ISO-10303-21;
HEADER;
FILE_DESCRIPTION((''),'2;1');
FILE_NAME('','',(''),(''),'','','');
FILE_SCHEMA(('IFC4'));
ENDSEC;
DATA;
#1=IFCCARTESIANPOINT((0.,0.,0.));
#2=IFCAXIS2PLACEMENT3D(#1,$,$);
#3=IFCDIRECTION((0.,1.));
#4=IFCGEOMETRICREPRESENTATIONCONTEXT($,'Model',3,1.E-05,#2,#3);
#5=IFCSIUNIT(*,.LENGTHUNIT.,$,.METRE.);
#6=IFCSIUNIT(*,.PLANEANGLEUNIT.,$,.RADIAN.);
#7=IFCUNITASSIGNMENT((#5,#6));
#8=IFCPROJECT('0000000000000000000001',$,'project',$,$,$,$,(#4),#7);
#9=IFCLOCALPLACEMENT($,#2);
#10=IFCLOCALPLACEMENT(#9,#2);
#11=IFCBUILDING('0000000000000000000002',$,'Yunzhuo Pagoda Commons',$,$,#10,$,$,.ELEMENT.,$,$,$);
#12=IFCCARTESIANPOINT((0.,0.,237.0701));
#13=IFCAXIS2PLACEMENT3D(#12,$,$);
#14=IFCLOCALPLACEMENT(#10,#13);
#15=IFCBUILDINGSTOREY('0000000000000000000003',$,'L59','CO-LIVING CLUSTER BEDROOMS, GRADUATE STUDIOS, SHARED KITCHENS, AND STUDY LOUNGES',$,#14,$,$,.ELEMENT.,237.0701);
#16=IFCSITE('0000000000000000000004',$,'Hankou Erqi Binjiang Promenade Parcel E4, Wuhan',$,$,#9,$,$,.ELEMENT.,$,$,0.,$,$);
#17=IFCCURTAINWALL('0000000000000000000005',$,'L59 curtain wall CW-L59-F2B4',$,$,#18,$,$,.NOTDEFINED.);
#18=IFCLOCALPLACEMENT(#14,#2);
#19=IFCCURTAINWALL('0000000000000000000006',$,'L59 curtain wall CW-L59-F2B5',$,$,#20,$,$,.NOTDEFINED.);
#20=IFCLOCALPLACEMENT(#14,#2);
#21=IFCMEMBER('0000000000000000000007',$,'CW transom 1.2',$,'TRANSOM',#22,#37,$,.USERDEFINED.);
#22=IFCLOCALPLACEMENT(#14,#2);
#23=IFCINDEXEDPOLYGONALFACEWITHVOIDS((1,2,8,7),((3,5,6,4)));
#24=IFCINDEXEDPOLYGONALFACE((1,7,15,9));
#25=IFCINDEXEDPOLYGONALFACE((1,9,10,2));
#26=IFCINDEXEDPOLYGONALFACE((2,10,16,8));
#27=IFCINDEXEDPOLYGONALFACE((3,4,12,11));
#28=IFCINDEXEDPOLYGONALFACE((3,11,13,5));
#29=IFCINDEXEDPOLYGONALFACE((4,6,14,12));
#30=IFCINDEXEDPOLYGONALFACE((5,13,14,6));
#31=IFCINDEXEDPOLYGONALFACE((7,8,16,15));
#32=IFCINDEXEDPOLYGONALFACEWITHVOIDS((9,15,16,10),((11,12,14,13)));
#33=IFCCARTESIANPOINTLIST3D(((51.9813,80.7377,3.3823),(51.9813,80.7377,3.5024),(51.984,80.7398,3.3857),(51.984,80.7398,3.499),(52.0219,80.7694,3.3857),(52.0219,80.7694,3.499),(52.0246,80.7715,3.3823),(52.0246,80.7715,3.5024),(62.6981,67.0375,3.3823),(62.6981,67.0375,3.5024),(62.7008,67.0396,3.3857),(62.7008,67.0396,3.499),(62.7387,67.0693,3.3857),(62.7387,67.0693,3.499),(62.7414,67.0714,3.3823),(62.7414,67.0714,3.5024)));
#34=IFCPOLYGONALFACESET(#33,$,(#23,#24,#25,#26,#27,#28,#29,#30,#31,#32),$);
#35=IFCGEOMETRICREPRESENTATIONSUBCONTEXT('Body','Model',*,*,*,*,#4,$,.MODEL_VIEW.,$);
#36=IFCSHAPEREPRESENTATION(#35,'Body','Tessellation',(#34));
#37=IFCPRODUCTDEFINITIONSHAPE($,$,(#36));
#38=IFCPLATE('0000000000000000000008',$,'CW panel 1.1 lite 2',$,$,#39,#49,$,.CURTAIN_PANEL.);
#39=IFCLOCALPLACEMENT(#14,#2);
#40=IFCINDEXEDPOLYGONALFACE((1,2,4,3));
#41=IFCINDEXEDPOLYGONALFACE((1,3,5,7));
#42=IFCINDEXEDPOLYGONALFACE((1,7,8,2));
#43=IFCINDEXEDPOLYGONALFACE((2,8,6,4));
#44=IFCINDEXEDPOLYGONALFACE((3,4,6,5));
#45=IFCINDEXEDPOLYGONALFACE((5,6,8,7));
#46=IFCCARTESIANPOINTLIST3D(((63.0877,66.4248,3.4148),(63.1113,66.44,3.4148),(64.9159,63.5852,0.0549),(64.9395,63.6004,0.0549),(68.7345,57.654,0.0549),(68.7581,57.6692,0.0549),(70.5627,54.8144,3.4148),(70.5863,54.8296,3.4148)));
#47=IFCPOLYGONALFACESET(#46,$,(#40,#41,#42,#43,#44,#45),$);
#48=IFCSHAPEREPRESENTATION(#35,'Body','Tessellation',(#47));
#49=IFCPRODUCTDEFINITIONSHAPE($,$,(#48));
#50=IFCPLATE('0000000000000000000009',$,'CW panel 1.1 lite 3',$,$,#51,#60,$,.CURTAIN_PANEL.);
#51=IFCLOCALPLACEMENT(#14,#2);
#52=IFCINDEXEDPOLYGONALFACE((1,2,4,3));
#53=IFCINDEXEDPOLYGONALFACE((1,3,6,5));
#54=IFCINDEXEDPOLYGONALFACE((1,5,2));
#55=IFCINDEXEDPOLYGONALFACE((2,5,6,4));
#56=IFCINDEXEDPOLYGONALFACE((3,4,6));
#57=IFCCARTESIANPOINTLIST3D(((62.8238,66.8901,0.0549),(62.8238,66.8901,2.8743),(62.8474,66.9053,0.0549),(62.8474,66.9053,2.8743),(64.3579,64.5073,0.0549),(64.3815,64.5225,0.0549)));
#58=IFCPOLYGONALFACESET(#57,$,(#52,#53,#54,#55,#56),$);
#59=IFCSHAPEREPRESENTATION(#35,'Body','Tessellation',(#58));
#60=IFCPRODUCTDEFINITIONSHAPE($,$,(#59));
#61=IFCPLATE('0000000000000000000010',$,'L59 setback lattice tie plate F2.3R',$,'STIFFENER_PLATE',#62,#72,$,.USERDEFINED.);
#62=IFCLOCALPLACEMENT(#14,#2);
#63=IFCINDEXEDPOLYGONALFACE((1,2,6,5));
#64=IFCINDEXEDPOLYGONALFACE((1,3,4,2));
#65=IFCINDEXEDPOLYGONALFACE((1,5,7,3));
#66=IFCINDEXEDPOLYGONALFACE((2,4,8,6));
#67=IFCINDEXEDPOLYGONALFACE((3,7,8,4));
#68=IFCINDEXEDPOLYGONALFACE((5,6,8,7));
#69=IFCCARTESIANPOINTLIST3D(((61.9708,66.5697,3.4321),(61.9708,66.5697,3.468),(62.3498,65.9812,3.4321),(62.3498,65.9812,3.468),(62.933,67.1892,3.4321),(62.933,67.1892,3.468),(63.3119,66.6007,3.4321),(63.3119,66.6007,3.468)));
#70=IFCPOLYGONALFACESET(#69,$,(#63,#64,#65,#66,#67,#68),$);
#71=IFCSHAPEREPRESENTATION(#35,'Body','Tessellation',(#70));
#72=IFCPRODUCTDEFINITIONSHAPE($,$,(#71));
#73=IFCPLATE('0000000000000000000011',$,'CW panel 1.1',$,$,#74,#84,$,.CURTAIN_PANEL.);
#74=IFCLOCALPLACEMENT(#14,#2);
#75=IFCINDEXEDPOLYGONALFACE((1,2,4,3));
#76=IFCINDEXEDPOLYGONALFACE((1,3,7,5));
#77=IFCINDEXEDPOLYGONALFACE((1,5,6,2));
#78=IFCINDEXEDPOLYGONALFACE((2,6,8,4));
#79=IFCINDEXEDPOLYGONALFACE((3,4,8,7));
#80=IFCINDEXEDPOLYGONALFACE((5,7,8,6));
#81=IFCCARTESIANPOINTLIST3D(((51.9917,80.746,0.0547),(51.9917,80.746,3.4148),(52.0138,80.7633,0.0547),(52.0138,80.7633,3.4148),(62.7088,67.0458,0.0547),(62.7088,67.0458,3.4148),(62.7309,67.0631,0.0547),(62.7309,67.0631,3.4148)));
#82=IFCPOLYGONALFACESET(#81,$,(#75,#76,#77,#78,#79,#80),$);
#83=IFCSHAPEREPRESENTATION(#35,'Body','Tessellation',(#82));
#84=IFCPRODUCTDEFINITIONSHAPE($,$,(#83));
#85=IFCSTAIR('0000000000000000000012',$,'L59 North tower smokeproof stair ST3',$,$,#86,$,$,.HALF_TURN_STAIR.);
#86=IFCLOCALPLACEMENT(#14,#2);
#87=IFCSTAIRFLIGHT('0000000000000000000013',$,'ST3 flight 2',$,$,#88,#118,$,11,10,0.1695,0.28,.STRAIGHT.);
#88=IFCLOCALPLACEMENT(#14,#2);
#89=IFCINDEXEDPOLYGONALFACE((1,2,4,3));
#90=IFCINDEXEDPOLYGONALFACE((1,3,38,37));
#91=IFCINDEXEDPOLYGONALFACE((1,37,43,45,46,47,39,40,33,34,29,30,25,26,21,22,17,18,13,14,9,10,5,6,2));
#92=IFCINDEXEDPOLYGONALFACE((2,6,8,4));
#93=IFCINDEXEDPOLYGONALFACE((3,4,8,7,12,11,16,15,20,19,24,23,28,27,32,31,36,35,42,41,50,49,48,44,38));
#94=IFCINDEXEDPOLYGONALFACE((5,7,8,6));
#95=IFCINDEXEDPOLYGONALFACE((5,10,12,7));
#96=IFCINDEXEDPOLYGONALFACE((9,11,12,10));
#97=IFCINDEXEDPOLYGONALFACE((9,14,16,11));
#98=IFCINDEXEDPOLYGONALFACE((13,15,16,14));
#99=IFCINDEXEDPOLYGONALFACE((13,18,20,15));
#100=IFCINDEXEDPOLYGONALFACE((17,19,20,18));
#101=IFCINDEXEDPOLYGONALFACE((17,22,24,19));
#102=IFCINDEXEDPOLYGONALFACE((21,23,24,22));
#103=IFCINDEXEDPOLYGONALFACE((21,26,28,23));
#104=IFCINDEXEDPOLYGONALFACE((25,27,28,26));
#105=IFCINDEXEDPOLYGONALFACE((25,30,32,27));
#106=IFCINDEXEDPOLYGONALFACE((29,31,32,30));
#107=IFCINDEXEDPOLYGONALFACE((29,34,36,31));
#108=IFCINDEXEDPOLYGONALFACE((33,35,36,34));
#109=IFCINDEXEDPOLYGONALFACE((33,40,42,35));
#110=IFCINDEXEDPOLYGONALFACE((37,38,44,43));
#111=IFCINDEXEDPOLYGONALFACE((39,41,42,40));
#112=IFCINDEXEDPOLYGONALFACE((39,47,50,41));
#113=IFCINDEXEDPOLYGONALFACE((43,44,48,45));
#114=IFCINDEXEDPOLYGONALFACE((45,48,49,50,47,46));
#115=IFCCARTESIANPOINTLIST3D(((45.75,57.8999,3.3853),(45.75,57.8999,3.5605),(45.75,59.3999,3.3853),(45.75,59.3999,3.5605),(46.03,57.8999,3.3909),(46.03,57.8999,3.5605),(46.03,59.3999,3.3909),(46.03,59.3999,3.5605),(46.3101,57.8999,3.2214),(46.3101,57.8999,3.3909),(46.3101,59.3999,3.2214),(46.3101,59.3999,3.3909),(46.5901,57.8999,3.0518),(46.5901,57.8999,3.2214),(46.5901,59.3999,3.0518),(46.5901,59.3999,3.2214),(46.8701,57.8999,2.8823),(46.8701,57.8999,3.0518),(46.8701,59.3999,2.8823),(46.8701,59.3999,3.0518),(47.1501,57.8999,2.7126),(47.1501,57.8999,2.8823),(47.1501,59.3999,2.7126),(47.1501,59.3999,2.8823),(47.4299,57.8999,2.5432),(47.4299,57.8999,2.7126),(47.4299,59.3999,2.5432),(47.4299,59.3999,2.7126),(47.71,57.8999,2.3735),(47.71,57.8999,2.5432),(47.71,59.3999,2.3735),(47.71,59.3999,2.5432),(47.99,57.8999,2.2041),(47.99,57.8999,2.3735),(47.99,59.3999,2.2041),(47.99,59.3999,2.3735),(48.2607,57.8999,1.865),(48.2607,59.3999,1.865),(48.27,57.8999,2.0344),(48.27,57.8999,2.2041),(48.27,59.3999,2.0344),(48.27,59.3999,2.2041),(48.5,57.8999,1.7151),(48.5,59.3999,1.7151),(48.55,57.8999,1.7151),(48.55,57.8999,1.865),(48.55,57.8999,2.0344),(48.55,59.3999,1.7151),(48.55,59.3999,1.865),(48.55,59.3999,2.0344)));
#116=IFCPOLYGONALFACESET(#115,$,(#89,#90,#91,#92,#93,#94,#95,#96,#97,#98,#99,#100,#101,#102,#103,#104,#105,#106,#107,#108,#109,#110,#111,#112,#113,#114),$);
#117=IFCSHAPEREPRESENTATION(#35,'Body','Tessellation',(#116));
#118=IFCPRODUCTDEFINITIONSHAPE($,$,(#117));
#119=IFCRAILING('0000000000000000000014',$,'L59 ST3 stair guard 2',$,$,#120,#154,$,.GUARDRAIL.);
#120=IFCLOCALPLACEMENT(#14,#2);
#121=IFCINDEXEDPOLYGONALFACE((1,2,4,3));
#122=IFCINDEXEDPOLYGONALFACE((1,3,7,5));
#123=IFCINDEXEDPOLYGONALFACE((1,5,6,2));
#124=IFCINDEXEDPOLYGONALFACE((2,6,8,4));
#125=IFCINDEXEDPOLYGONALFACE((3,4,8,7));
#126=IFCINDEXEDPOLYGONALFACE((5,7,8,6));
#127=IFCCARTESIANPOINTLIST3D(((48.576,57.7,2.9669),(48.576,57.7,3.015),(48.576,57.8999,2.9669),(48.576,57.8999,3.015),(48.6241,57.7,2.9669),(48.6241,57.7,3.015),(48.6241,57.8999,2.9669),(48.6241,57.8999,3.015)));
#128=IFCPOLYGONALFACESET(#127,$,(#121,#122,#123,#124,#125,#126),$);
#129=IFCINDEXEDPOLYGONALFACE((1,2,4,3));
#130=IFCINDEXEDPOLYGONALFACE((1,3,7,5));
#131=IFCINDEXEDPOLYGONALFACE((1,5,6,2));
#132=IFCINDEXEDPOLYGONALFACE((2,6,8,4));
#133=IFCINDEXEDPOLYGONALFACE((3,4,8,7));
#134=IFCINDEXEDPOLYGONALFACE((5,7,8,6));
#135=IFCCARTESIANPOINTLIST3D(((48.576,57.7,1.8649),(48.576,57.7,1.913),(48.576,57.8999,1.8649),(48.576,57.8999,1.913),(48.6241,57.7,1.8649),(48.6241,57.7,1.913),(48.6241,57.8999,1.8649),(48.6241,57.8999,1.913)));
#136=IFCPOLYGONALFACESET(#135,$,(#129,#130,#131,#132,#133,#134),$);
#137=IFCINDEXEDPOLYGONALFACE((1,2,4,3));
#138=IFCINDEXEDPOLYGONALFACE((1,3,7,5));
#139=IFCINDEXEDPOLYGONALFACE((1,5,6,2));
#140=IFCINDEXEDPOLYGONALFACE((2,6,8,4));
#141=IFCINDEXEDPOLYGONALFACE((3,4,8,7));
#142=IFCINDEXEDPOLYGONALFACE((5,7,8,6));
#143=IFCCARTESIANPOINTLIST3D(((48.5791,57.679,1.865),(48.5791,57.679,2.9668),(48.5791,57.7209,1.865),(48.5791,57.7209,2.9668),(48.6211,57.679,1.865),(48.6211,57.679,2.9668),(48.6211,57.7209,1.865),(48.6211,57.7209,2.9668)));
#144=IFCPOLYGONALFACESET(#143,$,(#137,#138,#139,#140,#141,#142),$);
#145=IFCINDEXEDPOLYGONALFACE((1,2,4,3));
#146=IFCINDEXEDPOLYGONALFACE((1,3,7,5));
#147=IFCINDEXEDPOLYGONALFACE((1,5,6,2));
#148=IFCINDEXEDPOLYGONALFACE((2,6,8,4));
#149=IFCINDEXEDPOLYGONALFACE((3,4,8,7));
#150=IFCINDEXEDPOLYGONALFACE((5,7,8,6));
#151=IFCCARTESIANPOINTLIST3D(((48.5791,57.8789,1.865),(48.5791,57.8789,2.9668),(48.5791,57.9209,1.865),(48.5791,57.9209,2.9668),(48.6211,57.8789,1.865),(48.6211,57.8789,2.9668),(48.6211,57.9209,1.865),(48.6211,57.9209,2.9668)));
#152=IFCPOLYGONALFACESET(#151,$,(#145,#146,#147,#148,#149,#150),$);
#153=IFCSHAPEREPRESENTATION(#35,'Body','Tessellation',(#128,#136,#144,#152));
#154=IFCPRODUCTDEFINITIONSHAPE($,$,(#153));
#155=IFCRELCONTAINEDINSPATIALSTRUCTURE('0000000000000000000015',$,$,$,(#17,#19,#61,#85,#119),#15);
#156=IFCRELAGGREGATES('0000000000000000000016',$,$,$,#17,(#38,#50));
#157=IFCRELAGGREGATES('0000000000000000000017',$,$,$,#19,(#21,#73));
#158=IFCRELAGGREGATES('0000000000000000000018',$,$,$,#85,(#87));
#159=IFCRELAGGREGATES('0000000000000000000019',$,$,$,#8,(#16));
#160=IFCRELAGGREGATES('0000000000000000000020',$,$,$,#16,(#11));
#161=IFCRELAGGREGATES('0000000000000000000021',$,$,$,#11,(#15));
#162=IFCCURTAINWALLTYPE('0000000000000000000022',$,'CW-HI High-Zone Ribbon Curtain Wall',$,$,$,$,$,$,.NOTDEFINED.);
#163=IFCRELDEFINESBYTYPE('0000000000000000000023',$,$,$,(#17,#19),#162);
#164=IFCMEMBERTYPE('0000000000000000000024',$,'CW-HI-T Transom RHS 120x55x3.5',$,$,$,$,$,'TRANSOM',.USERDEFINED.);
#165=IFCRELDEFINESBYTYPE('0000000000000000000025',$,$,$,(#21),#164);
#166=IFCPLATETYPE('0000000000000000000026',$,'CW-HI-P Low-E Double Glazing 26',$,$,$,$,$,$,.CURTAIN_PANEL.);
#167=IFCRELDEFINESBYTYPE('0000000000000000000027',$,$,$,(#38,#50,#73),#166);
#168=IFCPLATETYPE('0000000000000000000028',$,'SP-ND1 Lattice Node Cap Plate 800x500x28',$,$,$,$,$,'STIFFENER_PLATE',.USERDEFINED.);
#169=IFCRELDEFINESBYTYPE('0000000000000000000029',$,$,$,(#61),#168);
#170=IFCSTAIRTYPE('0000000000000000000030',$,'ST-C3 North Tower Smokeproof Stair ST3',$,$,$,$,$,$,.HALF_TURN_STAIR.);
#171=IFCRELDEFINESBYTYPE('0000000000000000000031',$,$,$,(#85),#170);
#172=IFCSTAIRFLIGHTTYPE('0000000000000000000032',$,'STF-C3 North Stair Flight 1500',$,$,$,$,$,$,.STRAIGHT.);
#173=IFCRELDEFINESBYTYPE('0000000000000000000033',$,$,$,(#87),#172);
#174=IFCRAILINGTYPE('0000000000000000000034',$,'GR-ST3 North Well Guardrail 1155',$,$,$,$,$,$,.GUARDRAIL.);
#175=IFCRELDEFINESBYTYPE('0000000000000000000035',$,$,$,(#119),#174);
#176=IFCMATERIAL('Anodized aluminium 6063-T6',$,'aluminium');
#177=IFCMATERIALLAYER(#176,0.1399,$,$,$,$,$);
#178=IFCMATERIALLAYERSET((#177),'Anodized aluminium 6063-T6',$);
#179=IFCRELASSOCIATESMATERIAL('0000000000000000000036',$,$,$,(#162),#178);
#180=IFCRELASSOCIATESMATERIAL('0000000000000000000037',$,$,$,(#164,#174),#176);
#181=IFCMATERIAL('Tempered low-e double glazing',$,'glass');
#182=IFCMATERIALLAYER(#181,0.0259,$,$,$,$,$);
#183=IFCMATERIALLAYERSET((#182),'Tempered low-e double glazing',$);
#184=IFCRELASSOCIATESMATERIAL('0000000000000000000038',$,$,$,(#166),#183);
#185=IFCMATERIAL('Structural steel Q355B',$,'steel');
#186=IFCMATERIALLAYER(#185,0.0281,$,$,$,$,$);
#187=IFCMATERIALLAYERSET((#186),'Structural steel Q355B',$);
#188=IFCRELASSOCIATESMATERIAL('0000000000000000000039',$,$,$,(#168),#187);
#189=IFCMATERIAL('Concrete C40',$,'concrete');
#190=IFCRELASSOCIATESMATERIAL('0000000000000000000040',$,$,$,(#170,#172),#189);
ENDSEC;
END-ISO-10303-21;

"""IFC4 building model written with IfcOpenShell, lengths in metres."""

from ifc_helpers import new_model, si_unit, direction, frame, origin, origin_2d, place, context, subcontext, project, spatial, polyline, rectangle, hollow_rectangle, outline, extrude, source, transform, mapped, material, layer, layer_set, material_profile, profile_set, type_object, element, aggregate, save


model = new_model("IFC4")

# Units and contexts
model_context = context("Model", 3, precision=1e-05, world=origin(), true_north=direction((0.0, 1.0)))
body_context = subcontext(model_context, "Body", "Model", "MODEL_VIEW")
ifc_project = project(units=[si_unit("LENGTHUNIT", "METRE"), si_unit("PLANEANGLEUNIT", "RADIAN")], contexts=[model_context])

# Site, building, storey
site_placement = place(None, origin())
site = spatial("IfcSite", under=ifc_project, at=site_placement, Name="Hankou Erqi Binjiang Promenade Parcel E4, Wuhan", CompositionType="ELEMENT", RefElevation=0.0)
building_placement = place(site_placement, origin())
building = spatial("IfcBuilding", under=site, at=building_placement, Name="Yunzhuo Pagoda Commons", CompositionType="ELEMENT")
storey_placement = place(building_placement, frame((0.0, 0.0, 237.0701)))
storey = spatial("IfcBuildingStorey", under=building, at=storey_placement, Name="L59", Description="CO-LIVING CLUSTER BEDROOMS, GRADUATE STUDIOS, SHARED KITCHENS, AND STUDY LOUNGES", CompositionType="ELEMENT", Elevation=237.0701)

# Shared definitions
ifc_material_1 = material(Name="Structural steel Q355B", Category="steel")

# Curtain wall
ifc_material_2 = material(Name="Anodized aluminium 6063-T6", Category="aluminium")
ifc_layer_1 = layer(ifc_material_2, 0.1399)
ifc_layer_set_1 = layer_set([ifc_layer_1], Name="Anodized aluminium 6063-T6")
curtain_wall_type = type_object("IfcCurtainWallType", Name="CW-HI High-Zone Ribbon Curtain Wall", PredefinedType="NOTDEFINED", material=ifc_layer_set_1)
curtain_wall_1_placement = place(storey_placement, origin())
curtain_wall_1 = element("IfcCurtainWall", 1, at=curtain_wall_1_placement, inside=storey, type_object=curtain_wall_type, Name="L59 curtain wall CW-L59-F2B4", PredefinedType="NOTDEFINED")

# Curtain wall, member
curtain_wall_2_placement = place(storey_placement, origin())
curtain_wall_2 = element("IfcCurtainWall", 2, at=curtain_wall_2_placement, inside=storey, type_object=curtain_wall_type, Name="L59 curtain wall CW-L59-F2B5", PredefinedType="NOTDEFINED")
ifc_material_profile_1 = material_profile(ifc_material_2, hollow_rectangle(XDim=0.0549, YDim=0.1201, WallThickness=0.0034, at=origin_2d()), Name="Anodized aluminium 6063-T6")
ifc_profile_set_1 = profile_set([ifc_material_profile_1], Name="Anodized aluminium 6063-T6")
member_type_1 = type_object("IfcMemberType", Name="CW-HI-T Transom RHS 120x55x3.5", ElementType="TRANSOM", PredefinedType="USERDEFINED", material=ifc_profile_set_1)
shared_shape_1 = source(origin(), body_context, "Body", "SweptSolid", [
    extrude(hollow_rectangle(XDim=0.0549, YDim=0.1201, WallThickness=0.0034, at=origin_2d()), origin(), (0.0, 0.0, 1.0), 17.3938),
])
member_1_placement = place(storey_placement, frame((62.7197, 67.0544, 3.4424), z_axis=(-0.616127, 0.787647, 0.0), x_axis=(-0.787647, -0.616127, 0.0)))
member_1 = element("IfcMember", 3, at=member_1_placement, type_object=member_type_1, Name="CW transom 1.2", ObjectType="TRANSOM", PredefinedType="USERDEFINED", context=body_context, shape_type="MappedRepresentation", body=[
    mapped(shared_shape_1, transform((0.0, 0.0, 0.0), scale=1.0)),
])

# Plates
ifc_material_3 = material(Name="Tempered low-e double glazing", Category="glass")
ifc_layer_2 = layer(ifc_material_3, 0.0259)
ifc_layer_set_2 = layer_set([ifc_layer_2], Name="Tempered low-e double glazing")
plate_type_1 = type_object("IfcPlateType", Name="CW-HI-P Low-E Double Glazing 26", PredefinedType="CURTAIN_PANEL", material=ifc_layer_set_2)
plate_1_placement = place(storey_placement, frame((66.8252, 60.6196, 1.7349), z_axis=(0.840807, 0.541334, 0.0), x_axis=(-0.541334, 0.840807, 0.0)))
plate_1 = element("IfcPlate", 4, at=plate_1_placement, type_object=plate_type_1, Name="CW panel 1.1 lite 2", PredefinedType="CURTAIN_PANEL", context=body_context, shape_type="SweptSolid", body=[
    extrude(outline(polyline([(-6.9043, 1.6799), (-3.5271, -1.6799), (3.5271, -1.6799), (6.9043, 1.6799), (-6.9043, 1.6799)])), origin(), (0.0, 0.0, 1.0), 0.0281),
])
plate_2_placement = place(storey_placement, frame((63.5908, 65.6987, 1.4646), z_axis=(0.840807, 0.541334, 0.0), x_axis=(-0.541334, 0.840807, 0.0)))
plate_2 = element("IfcPlate", 5, at=plate_2_placement, type_object=plate_type_1, Name="CW panel 1.1 lite 3", PredefinedType="CURTAIN_PANEL", context=body_context, shape_type="SweptSolid", body=[
    extrude(outline(polyline([(-1.417, -1.4097), (1.417, -1.4097), (1.417, 1.4097), (-1.417, -1.4097)])), origin(), (0.0, 0.0, 1.0), 0.0281),
])
aggregate(curtain_wall_1, [plate_1, plate_2])
ifc_layer_3 = layer(ifc_material_1, 0.0281)
ifc_layer_set_3 = layer_set([ifc_layer_3], Name="Structural steel Q355B")
plate_type_2 = type_object("IfcPlateType", Name="SP-ND1 Lattice Node Cap Plate 800x500x28", ElementType="STIFFENER_PLATE", PredefinedType="USERDEFINED", material=ifc_layer_set_3)
shared_shape_2 = source(origin(), body_context, "Body", "SweptSolid", [
    extrude(rectangle(XDim=0.7, YDim=1.1443, at=origin_2d()), origin(), (0.0, 0.0, 1.0), 0.0359),
])
plate_3_placement = place(storey_placement, frame((62.6414, 66.5852, 3.4321), z_axis=(0.0, 0.0, 1.0), x_axis=(-0.541341, 0.840803, 0.0)))
element("IfcPlate", 6, at=plate_3_placement, inside=storey, type_object=plate_type_2, Name="L59 setback lattice tie plate F2.3R", ObjectType="STIFFENER_PLATE", PredefinedType="USERDEFINED", context=body_context, shape_type="MappedRepresentation", body=[
    mapped(shared_shape_2, transform((0.0, 0.0, 0.0), scale=1.0)),
])
shared_shape_3 = source(origin(), body_context, "Body", "SweptSolid", [
    extrude(rectangle(XDim=17.394, YDim=0.0281, at=origin_2d()), origin(), (0.0, 0.0, 1.0), 3.3601),
])
plate_4_placement = place(storey_placement, frame((57.3613, 73.9045, 0.0547), z_axis=(0.0, 0.0, 1.0), x_axis=(-0.616136, 0.787639, 0.0)))
plate_4 = element("IfcPlate", 7, at=plate_4_placement, type_object=plate_type_1, Name="CW panel 1.1", PredefinedType="CURTAIN_PANEL", context=body_context, shape_type="MappedRepresentation", body=[
    mapped(shared_shape_3, transform((0.0, 0.0, 0.0), scale=1.0)),
])
aggregate(curtain_wall_2, [member_1, plate_4])

# Stair, stair flight
ifc_material_4 = material(Name="Concrete C40", Category="concrete")
stair_type = type_object("IfcStairType", Name="ST-C3 North Tower Smokeproof Stair ST3", PredefinedType="HALF_TURN_STAIR", material=ifc_material_4)
stair_placement = place(storey_placement, origin())
stair = element("IfcStair", 8, at=stair_placement, inside=storey, type_object=stair_type, Name="L59 North tower smokeproof stair ST3", PredefinedType="HALF_TURN_STAIR")
stair_flight_type = type_object("IfcStairFlightType", Name="STF-C3 North Stair Flight 1500", PredefinedType="STRAIGHT", material=ifc_material_4)
shared_shape_4 = source(origin(), body_context, "Body", "SweptSolid", [
    extrude(outline(polyline([(0.0, -0.1499), (0.0, 0.0), (0.0, 0.1694), (0.28, 0.1694), (0.28, 0.3391), (0.5601, 0.3391), (0.5601, 0.5085), (0.8401, 0.5085), (0.8401, 0.6782), (1.1201, 0.6782), (1.1201, 0.8477), (1.3999, 0.8477), (1.3999, 1.0173), (1.6799, 1.0173), (1.6799, 1.1868), (1.96, 1.1868), (1.96, 1.3564), (2.24, 1.3564), (2.24, 1.5259), (2.52, 1.5259), (2.52, 1.6956), (2.8, 1.6956), (2.8, 1.865), (2.8, 1.5203), (0.2893, 0.0), (0.05, -0.1499), (0.0, -0.1499)])), frame((0.0, 0.75, 0.0), z_axis=(0.0, -1.0, 0.0), x_axis=(1.0, 0.0, 0.0)), (0.0, 0.0, 1.0), 1.5),
])
stair_flight_placement = place(storey_placement, frame((48.55, 58.6499, 1.865), z_axis=(0.0, 0.0, 1.0), x_axis=(-1.0, 0.0, 0.0)))
stair_flight = element("IfcStairFlight", 9, at=stair_flight_placement, type_object=stair_flight_type, Name="ST3 flight 2", NumberOfRisers=11, NumberOfTreads=10, PredefinedType="STRAIGHT", RiserHeight=0.1695, TreadLength=0.28, context=body_context, shape_type="MappedRepresentation", body=[
    mapped(shared_shape_4, transform((0.0, 0.0, 0.0), scale=1.0)),
])
aggregate(stair, [stair_flight])

# Railing
railing_type_1 = type_object("IfcRailingType", Name="GR-ST3 North Well Guardrail 1155", PredefinedType="GUARDRAIL", material=ifc_material_2)
railing_1_placement = place(storey_placement, frame((48.6001, 57.7, 1.865)))
element("IfcRailing", 10, at=railing_1_placement, inside=storey, type_object=railing_type_1, Name="L59 ST3 stair guard 2", PredefinedType="GUARDRAIL", context=body_context, shape_type="SweptSolid", body=[
    extrude(rectangle(XDim=0.0481, YDim=0.0481, at=origin_2d()), frame((0.0, 0.0, 1.126), z_axis=(0.0, 1.0, 0.0), x_axis=(-1.0, 0.0, 0.0)), (0.0, 0.0, 1.0), 0.2),
    extrude(rectangle(XDim=0.0481, YDim=0.0481, at=origin_2d()), frame((0.0, 0.0, 0.0239), z_axis=(0.0, 1.0, 0.0), x_axis=(-1.0, 0.0, 0.0)), (0.0, 0.0, 1.0), 0.2),
    extrude(rectangle(XDim=0.042, YDim=0.042, at=origin_2d()), origin(), (0.0, 0.0, 1.0), 1.1018),
    extrude(rectangle(XDim=0.042, YDim=0.042, at=origin_2d()), frame((0.0, 0.2, 0.0)), (0.0, 0.0, 1.0), 1.1018),
])

save(model, "model.ifc")
